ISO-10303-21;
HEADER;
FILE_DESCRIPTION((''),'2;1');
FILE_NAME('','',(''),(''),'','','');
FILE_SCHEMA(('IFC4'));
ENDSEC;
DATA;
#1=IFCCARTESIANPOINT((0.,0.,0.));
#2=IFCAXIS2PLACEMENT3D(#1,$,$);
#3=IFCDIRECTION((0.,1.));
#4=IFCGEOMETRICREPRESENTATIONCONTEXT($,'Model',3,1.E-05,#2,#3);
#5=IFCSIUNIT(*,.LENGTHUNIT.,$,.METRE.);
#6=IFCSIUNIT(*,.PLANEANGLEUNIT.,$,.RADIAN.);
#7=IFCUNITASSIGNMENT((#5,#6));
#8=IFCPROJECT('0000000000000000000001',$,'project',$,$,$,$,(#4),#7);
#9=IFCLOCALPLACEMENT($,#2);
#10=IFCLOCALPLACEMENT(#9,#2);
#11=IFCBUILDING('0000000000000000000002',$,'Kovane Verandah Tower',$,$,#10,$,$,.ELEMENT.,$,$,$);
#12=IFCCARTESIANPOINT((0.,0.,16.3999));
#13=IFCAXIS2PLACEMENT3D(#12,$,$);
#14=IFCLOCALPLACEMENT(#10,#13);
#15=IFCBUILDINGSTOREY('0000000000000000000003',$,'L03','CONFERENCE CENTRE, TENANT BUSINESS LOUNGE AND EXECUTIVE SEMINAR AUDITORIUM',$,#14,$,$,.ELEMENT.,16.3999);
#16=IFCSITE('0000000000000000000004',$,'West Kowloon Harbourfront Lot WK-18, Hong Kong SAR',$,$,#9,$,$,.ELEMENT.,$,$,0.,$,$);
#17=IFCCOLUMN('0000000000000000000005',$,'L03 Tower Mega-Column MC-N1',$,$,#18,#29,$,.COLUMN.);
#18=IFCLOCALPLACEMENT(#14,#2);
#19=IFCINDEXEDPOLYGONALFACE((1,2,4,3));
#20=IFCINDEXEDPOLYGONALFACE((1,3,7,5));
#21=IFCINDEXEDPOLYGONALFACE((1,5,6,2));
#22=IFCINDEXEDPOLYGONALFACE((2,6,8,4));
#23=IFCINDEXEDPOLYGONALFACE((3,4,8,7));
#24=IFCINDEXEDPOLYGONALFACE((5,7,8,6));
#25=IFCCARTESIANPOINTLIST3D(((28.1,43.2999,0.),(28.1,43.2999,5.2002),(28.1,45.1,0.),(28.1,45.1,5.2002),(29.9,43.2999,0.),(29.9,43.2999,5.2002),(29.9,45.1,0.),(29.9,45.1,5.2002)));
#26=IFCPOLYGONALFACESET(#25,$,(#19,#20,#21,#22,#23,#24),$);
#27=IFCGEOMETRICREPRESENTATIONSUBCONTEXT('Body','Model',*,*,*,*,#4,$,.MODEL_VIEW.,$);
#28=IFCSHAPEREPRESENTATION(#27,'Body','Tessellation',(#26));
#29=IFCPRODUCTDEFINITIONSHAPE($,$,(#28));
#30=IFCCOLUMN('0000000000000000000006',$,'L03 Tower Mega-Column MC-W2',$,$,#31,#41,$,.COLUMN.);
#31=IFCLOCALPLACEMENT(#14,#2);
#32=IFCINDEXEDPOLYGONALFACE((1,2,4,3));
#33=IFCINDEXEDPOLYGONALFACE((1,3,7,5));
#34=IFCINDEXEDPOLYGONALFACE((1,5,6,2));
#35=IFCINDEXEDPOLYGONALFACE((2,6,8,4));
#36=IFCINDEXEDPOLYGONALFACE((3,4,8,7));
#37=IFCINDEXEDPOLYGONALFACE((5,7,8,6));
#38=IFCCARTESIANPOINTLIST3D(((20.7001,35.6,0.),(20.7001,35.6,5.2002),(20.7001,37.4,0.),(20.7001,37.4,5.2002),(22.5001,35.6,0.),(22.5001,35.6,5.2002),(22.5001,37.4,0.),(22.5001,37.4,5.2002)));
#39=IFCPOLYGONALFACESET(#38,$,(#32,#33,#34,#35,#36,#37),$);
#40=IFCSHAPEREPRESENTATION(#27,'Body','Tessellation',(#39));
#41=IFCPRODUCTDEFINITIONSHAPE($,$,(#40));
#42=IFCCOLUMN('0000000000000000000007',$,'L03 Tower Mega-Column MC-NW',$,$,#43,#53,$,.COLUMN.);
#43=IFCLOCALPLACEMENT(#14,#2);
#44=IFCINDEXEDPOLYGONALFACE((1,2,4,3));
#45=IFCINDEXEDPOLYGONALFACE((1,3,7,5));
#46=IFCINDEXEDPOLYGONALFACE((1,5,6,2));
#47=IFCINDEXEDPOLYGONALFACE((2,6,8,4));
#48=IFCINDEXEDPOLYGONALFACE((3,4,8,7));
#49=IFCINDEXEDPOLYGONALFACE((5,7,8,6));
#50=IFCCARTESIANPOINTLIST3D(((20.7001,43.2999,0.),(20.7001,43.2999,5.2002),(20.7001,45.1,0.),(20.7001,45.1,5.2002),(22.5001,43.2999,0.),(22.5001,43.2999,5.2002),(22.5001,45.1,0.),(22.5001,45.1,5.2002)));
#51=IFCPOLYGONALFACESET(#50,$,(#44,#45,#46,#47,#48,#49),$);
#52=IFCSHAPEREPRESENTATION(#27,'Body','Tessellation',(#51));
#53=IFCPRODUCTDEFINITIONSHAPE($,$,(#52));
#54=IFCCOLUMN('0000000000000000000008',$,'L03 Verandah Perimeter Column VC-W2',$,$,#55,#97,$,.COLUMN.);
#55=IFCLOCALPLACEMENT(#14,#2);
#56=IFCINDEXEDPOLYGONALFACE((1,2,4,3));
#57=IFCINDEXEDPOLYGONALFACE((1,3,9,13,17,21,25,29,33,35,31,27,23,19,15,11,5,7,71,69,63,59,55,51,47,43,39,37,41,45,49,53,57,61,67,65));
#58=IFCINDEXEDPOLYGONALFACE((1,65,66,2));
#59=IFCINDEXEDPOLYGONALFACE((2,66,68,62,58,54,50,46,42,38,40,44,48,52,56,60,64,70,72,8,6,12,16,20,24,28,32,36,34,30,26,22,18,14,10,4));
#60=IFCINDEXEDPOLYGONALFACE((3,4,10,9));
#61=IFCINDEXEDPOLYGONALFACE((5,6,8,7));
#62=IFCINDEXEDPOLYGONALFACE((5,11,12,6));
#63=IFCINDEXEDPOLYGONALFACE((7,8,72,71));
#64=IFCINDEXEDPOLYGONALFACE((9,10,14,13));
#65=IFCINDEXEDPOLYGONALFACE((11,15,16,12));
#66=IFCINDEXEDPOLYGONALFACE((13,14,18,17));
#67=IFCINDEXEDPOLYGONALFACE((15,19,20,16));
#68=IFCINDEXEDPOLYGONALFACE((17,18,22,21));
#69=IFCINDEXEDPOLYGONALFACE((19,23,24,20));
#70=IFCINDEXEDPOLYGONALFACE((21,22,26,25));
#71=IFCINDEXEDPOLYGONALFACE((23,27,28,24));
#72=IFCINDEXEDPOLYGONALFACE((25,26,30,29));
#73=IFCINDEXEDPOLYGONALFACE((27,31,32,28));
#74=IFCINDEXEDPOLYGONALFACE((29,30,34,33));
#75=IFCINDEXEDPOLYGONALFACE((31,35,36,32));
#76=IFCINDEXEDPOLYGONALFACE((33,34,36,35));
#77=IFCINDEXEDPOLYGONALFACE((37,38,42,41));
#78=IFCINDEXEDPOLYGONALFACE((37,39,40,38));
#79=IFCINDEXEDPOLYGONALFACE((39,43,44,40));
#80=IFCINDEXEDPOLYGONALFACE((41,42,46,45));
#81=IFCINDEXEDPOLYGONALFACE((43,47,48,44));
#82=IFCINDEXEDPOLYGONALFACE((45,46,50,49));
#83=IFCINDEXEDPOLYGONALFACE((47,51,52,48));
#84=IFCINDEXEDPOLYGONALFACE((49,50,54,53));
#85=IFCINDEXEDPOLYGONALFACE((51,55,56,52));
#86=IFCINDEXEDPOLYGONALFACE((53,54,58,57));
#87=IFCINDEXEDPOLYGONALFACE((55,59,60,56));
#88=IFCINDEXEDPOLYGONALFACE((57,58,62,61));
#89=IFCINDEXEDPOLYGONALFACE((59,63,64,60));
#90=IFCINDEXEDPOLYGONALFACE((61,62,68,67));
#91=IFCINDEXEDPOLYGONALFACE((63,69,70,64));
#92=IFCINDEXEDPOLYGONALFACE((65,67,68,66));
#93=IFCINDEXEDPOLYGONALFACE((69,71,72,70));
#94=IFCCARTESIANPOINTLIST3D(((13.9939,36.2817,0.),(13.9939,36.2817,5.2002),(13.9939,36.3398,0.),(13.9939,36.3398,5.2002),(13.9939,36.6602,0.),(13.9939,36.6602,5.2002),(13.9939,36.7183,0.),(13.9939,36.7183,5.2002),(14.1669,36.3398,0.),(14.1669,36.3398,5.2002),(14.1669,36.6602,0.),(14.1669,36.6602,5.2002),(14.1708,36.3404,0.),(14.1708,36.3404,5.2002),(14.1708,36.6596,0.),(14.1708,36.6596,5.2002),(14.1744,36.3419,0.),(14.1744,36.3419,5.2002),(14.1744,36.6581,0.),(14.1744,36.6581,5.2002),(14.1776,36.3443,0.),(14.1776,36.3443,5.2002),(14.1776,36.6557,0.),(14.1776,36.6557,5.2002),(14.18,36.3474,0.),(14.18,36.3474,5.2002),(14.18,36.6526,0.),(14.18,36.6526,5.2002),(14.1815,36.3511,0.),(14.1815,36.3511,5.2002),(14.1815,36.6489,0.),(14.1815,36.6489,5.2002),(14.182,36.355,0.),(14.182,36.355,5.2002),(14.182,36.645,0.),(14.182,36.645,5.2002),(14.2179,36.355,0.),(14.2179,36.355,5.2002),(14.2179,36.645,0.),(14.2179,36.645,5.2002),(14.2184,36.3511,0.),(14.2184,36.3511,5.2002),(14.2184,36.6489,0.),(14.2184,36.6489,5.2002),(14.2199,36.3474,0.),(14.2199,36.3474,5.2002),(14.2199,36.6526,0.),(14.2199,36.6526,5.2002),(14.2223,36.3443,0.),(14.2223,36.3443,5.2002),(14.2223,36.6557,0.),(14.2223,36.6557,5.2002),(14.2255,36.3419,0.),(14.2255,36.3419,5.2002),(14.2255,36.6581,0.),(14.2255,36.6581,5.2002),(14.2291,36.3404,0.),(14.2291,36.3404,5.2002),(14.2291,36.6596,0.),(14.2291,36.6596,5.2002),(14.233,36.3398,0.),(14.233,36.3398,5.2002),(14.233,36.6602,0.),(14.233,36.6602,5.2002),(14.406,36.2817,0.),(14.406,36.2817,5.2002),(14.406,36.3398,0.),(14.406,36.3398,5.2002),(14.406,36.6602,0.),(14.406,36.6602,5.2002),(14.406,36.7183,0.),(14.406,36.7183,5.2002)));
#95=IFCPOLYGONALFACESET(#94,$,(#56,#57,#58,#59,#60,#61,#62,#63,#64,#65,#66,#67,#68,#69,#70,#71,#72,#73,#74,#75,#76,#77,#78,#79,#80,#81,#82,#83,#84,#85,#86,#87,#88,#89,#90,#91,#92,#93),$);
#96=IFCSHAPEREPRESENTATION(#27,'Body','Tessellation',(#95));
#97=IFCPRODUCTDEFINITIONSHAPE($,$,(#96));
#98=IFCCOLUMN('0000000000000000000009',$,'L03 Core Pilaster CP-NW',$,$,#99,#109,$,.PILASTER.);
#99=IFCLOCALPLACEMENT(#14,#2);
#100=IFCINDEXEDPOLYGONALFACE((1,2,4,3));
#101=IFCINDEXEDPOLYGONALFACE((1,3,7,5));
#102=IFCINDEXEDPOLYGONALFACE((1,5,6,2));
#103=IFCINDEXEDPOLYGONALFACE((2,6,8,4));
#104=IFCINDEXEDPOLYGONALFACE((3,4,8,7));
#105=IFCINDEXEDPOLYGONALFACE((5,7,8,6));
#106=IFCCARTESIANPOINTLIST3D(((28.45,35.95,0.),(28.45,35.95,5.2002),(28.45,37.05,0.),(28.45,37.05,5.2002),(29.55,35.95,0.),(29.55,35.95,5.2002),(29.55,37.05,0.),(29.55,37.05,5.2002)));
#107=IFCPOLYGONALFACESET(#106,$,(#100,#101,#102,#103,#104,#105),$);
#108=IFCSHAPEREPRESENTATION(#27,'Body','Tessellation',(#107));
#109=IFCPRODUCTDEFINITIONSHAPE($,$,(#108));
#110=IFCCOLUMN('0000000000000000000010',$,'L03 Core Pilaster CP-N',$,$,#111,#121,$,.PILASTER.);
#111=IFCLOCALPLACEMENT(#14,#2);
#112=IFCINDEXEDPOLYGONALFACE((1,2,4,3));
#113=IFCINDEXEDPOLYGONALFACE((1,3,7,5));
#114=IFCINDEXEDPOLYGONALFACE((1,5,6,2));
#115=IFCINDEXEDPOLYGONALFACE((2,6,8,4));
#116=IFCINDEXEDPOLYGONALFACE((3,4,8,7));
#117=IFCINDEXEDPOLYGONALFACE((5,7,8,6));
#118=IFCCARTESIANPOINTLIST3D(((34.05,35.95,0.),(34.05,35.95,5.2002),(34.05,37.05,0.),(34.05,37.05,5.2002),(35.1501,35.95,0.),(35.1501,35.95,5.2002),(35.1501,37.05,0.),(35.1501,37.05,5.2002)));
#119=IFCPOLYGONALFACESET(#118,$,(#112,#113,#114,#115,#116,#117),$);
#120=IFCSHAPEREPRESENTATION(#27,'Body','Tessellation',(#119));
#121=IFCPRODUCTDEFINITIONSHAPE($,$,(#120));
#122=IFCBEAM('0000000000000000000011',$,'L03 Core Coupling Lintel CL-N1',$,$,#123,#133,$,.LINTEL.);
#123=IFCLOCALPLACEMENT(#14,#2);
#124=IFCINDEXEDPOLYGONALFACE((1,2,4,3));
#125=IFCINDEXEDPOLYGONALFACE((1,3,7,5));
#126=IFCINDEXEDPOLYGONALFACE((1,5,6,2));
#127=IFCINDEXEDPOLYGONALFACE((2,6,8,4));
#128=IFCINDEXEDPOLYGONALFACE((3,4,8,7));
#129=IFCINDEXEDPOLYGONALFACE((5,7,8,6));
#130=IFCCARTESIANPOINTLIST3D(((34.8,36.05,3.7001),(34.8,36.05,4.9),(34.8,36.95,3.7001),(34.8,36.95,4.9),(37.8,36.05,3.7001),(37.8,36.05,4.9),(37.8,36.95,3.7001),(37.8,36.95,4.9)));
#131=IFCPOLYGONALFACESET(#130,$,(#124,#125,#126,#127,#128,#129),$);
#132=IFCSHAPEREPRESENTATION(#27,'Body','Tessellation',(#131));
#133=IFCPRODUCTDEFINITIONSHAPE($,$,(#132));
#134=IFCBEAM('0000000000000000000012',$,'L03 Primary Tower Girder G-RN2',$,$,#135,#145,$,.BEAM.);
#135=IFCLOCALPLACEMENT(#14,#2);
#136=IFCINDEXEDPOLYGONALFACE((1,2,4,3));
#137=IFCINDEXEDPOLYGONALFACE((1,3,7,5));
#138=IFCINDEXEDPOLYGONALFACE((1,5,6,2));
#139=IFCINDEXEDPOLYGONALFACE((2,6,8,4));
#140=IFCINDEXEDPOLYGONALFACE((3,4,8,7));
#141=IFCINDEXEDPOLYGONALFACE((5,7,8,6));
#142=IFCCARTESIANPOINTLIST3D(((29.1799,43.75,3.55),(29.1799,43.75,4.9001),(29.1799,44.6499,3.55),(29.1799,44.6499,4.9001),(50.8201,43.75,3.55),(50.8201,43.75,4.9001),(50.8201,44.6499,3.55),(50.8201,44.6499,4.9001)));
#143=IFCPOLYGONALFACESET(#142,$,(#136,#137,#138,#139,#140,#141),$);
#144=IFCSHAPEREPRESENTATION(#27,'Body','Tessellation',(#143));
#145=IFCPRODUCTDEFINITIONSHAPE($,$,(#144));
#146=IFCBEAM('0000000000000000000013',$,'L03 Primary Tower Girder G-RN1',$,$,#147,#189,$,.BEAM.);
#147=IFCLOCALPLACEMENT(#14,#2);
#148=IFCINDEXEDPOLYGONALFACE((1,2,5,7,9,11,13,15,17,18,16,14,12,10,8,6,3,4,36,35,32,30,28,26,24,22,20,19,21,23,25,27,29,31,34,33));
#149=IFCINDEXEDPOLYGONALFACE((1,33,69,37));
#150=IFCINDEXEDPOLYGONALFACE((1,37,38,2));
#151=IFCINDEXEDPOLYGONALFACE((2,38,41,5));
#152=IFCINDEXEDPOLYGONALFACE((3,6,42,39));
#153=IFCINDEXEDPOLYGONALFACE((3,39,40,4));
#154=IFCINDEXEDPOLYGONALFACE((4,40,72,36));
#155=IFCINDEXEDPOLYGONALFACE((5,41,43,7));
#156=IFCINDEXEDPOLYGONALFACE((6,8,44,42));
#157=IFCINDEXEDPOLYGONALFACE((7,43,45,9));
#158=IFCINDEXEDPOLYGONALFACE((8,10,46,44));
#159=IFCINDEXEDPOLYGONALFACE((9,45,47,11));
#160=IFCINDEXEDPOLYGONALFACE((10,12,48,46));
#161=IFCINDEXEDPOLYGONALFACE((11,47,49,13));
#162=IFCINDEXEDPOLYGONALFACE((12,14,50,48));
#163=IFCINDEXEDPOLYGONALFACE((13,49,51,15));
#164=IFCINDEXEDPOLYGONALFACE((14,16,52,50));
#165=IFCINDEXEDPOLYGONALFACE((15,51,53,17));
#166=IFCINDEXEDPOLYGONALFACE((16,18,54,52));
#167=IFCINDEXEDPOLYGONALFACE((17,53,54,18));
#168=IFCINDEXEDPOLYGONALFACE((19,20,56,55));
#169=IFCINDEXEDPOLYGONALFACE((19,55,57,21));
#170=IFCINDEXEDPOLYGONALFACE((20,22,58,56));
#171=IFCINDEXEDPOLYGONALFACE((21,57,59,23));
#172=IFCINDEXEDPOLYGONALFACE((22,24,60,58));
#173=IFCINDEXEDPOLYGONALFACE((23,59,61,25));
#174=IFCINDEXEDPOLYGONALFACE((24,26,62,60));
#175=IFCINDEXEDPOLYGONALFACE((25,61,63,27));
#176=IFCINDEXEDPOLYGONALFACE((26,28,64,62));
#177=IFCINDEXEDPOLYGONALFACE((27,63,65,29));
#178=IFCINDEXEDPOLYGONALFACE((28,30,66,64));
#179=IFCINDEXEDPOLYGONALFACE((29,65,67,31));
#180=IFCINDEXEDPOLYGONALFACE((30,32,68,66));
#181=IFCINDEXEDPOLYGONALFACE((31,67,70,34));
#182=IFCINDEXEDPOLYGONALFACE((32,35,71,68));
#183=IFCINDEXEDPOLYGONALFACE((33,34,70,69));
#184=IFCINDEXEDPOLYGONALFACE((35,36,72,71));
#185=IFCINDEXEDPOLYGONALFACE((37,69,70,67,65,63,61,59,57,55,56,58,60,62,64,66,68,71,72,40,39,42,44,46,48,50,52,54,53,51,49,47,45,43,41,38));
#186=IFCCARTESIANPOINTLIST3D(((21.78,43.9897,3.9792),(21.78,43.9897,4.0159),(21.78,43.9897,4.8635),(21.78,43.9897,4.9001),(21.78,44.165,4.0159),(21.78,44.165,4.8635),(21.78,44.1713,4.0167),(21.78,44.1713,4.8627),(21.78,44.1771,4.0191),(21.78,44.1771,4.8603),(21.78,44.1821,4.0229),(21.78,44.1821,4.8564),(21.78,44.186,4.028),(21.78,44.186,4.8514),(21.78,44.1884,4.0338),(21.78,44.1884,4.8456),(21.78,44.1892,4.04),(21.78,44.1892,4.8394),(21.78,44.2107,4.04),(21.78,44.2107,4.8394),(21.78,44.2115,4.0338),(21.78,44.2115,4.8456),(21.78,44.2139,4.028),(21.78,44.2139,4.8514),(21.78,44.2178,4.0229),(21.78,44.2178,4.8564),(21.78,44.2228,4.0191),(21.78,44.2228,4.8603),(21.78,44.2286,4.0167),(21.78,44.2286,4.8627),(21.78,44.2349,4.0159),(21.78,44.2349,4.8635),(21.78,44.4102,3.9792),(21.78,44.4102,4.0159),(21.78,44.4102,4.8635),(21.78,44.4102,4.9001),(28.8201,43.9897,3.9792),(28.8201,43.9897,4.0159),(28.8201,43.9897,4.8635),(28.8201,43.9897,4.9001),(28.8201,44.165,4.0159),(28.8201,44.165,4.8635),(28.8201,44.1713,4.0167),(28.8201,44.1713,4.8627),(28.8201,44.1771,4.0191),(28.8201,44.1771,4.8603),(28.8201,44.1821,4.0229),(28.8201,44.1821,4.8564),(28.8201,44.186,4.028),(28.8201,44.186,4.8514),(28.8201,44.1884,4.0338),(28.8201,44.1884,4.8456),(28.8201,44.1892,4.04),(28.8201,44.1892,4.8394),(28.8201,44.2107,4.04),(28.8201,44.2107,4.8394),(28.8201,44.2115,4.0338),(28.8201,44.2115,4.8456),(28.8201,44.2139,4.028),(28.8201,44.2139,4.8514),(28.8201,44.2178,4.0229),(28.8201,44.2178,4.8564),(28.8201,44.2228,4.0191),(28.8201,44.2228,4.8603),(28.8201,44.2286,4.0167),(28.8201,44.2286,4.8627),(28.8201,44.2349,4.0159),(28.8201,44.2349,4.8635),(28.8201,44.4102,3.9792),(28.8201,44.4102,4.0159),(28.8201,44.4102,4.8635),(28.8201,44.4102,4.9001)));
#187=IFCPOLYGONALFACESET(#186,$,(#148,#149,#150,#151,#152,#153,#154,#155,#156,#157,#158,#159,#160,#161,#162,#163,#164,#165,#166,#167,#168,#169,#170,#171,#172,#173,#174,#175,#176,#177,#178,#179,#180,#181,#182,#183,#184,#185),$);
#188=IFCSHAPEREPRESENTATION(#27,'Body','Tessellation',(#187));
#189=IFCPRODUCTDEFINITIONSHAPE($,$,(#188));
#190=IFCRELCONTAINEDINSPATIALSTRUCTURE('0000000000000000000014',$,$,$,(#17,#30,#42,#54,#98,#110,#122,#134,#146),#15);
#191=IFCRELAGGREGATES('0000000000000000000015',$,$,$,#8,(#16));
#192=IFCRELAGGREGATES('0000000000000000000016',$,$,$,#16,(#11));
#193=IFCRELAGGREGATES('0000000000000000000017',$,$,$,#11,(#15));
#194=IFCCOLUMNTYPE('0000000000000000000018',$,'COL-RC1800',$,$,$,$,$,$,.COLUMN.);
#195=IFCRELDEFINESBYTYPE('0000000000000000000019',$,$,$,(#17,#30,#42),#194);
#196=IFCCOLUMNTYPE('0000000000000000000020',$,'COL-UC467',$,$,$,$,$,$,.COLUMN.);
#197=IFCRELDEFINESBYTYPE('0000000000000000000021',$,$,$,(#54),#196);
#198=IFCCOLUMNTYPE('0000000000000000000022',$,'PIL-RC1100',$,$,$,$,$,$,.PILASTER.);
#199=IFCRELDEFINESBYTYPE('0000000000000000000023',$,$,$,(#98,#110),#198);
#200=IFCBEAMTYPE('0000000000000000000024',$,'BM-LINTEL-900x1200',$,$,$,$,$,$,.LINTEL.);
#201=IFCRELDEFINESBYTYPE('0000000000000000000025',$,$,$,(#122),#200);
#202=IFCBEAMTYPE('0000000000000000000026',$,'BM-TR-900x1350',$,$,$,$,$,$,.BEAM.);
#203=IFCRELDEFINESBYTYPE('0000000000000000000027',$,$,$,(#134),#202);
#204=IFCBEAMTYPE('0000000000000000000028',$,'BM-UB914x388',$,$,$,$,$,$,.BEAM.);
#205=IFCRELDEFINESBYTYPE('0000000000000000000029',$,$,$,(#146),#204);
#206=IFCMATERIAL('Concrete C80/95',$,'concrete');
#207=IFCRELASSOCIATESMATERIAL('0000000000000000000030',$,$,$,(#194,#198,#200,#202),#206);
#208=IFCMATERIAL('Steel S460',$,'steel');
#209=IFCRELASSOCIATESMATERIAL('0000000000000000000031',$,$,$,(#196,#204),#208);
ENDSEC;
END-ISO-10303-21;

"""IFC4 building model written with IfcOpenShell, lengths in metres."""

from ifc_helpers import new_model, si_unit, direction, frame, origin, origin_2d, place, context, subcontext, project, spatial, rectangle, i_section, extrude, material, material_profile, profile_set, type_object, element, save


model = new_model("IFC4")

# Units and contexts
model_context = context("Model", 3, precision=1e-05, world=origin(), true_north=direction((0.0, 1.0)))
body_context = subcontext(model_context, "Body", "Model", "MODEL_VIEW")
ifc_project = project(units=[si_unit("LENGTHUNIT", "METRE"), si_unit("PLANEANGLEUNIT", "RADIAN")], contexts=[model_context])

# Site, building, storey
site_placement = place(None, origin())
site = spatial("IfcSite", under=ifc_project, at=site_placement, Name="West Kowloon Harbourfront Lot WK-18, Hong Kong SAR", CompositionType="ELEMENT", RefElevation=0.0)
building_placement = place(site_placement, origin())
building = spatial("IfcBuilding", under=site, at=building_placement, Name="Kovane Verandah Tower", CompositionType="ELEMENT")
storey_placement = place(building_placement, frame((0.0, 0.0, 16.3999)))
storey = spatial("IfcBuildingStorey", under=building, at=storey_placement, Name="L03", Description="CONFERENCE CENTRE, TENANT BUSINESS LOUNGE AND EXECUTIVE SEMINAR AUDITORIUM", CompositionType="ELEMENT", Elevation=16.3999)

# Columns
ifc_material_1 = material(Name="Concrete C80/95", Category="concrete")
ifc_material_profile_1 = material_profile(ifc_material_1, rectangle(XDim=1.8, YDim=1.8, at=origin_2d()), Name="RC1800x1800")
ifc_profile_set_1 = profile_set([ifc_material_profile_1], Name="Concrete C80/95")
column_type_1 = type_object("IfcColumnType", Name="COL-RC1800", PredefinedType="COLUMN", material=ifc_profile_set_1)
for number, where, z_axis, x_axis, name in (
    (1, (29.0, 44.2, 0.0), (0.0, 0.0, 1.0), (1.0, 0.0, 0.0), "L03 Tower Mega-Column MC-N1"),
    (2, (21.6001, 36.5, 0.0), (0.0, 0.0, 1.0), (1.0, 0.0, 0.0), "L03 Tower Mega-Column MC-W2"),
    (3, (21.6001, 44.2, 0.0), (0.0, 0.0, 1.0), (1.0, 0.0, 0.0), "L03 Tower Mega-Column MC-NW"),
):
    element("IfcColumn", number, at=place(storey_placement, frame(where, z_axis=z_axis, x_axis=x_axis)), inside=storey, type_object=column_type_1, Name=name, PredefinedType="COLUMN", context=body_context, shape_type="SweptSolid", body=[
        extrude(rectangle(XDim=1.8, YDim=1.8, at=origin_2d()), origin(), (0.0, 0.0, 1.0), 5.2002),
    ])
ifc_material_2 = material(Name="Steel S460", Category="steel")
ifc_material_profile_2 = material_profile(ifc_material_2, i_section(OverallWidth=0.4121, OverallDepth=0.4365, WebThickness=0.0359, FlangeThickness=0.0581, FilletRadius=0.0151, at=origin_2d()), Name="UC356x406x467")
ifc_profile_set_2 = profile_set([ifc_material_profile_2], Name="Steel S460")
column_type_2 = type_object("IfcColumnType", Name="COL-UC467", PredefinedType="COLUMN", material=ifc_profile_set_2)
column_placement = place(storey_placement, frame((14.2, 36.5, 0.0), z_axis=(0.0, 0.0, 1.0), x_axis=(1.0, 0.0, 0.0)))
element("IfcColumn", 4, at=column_placement, inside=storey, type_object=column_type_2, Name="L03 Verandah Perimeter Column VC-W2", PredefinedType="COLUMN", context=body_context, shape_type="SweptSolid", body=[
    extrude(i_section(OverallWidth=0.4121, OverallDepth=0.4365, WebThickness=0.0359, FlangeThickness=0.0581, FilletRadius=0.0151, at=origin_2d()), origin(), (0.0, 0.0, 1.0), 5.2002),
])
ifc_material_profile_3 = material_profile(ifc_material_1, rectangle(XDim=1.1001, YDim=1.1001, at=origin_2d()), Name="RC1100x1100")
ifc_profile_set_3 = profile_set([ifc_material_profile_3], Name="Concrete C80/95")
column_type_3 = type_object("IfcColumnType", Name="PIL-RC1100", PredefinedType="PILASTER", material=ifc_profile_set_3)
for number, where, z_axis, x_axis, name in (
    (5, (29.0, 36.5, 0.0), (0.0, 0.0, 1.0), (1.0, 0.0, 0.0), "L03 Core Pilaster CP-NW"),
    (6, (34.6001, 36.5, 0.0), (0.0, 0.0, 1.0), (1.0, 0.0, 0.0), "L03 Core Pilaster CP-N"),
):
    element("IfcColumn", number, at=place(storey_placement, frame(where, z_axis=z_axis, x_axis=x_axis)), inside=storey, type_object=column_type_3, Name=name, PredefinedType="PILASTER", context=body_context, shape_type="SweptSolid", body=[
        extrude(rectangle(XDim=1.1001, YDim=1.1001, at=origin_2d()), origin(), (0.0, 0.0, 1.0), 5.2002),
    ])

# Beams
ifc_material_profile_4 = material_profile(ifc_material_1, rectangle(XDim=0.8999, YDim=1.2, at=origin_2d()), Name="RCB900x1200")
ifc_profile_set_4 = profile_set([ifc_material_profile_4], Name="Concrete C80/95")
beam_type_1 = type_object("IfcBeamType", Name="BM-LINTEL-900x1200", PredefinedType="LINTEL", material=ifc_profile_set_4)
beam_1_placement = place(storey_placement, frame((34.8, 36.5, 4.3), z_axis=(1.0, 0.0, 0.0), x_axis=(0.0, 1.0, 0.0)))
element("IfcBeam", 7, at=beam_1_placement, inside=storey, type_object=beam_type_1, Name="L03 Core Coupling Lintel CL-N1", PredefinedType="LINTEL", context=body_context, shape_type="SweptSolid", body=[
    extrude(rectangle(XDim=0.8999, YDim=1.2, at=origin_2d()), origin(), (0.0, 0.0, 1.0), 3.0),
])
ifc_material_profile_5 = material_profile(ifc_material_1, rectangle(XDim=0.8999, YDim=1.3501, at=origin_2d()), Name="RCB900x1350")
ifc_profile_set_5 = profile_set([ifc_material_profile_5], Name="Concrete C80/95")
beam_type_2 = type_object("IfcBeamType", Name="BM-TR-900x1350", PredefinedType="BEAM", material=ifc_profile_set_5)
beam_2_placement = place(storey_placement, frame((29.1799, 44.2, 4.2251), z_axis=(1.0, 0.0, 0.0), x_axis=(0.0, 1.0, 0.0)))
element("IfcBeam", 8, at=beam_2_placement, inside=storey, type_object=beam_type_2, Name="L03 Primary Tower Girder G-RN2", PredefinedType="BEAM", context=body_context, shape_type="SweptSolid", body=[
    extrude(rectangle(XDim=0.8999, YDim=1.3501, at=origin_2d()), origin(), (0.0, 0.0, 1.0), 21.6401),
])
ifc_material_profile_6 = material_profile(ifc_material_2, i_section(OverallWidth=0.4204, OverallDepth=0.9209, WebThickness=0.0215, FlangeThickness=0.0366, FilletRadius=0.0242, at=origin_2d()), Name="UB914x419x388")
ifc_profile_set_6 = profile_set([ifc_material_profile_6], Name="Steel S460")
beam_type_3 = type_object("IfcBeamType", Name="BM-UB914x388", PredefinedType="BEAM", material=ifc_profile_set_6)
beam_3_placement = place(storey_placement, frame((21.78, 44.2, 4.4397), z_axis=(1.0, 0.0, 0.0), x_axis=(0.0, 1.0, 0.0)))
element("IfcBeam", 9, at=beam_3_placement, inside=storey, type_object=beam_type_3, Name="L03 Primary Tower Girder G-RN1", PredefinedType="BEAM", context=body_context, shape_type="SweptSolid", body=[
    extrude(i_section(OverallWidth=0.4204, OverallDepth=0.9209, WebThickness=0.0215, FlangeThickness=0.0366, FilletRadius=0.0242, at=origin_2d()), origin(), (0.0, 0.0, 1.0), 7.04),
])

save(model, "model.ifc")
